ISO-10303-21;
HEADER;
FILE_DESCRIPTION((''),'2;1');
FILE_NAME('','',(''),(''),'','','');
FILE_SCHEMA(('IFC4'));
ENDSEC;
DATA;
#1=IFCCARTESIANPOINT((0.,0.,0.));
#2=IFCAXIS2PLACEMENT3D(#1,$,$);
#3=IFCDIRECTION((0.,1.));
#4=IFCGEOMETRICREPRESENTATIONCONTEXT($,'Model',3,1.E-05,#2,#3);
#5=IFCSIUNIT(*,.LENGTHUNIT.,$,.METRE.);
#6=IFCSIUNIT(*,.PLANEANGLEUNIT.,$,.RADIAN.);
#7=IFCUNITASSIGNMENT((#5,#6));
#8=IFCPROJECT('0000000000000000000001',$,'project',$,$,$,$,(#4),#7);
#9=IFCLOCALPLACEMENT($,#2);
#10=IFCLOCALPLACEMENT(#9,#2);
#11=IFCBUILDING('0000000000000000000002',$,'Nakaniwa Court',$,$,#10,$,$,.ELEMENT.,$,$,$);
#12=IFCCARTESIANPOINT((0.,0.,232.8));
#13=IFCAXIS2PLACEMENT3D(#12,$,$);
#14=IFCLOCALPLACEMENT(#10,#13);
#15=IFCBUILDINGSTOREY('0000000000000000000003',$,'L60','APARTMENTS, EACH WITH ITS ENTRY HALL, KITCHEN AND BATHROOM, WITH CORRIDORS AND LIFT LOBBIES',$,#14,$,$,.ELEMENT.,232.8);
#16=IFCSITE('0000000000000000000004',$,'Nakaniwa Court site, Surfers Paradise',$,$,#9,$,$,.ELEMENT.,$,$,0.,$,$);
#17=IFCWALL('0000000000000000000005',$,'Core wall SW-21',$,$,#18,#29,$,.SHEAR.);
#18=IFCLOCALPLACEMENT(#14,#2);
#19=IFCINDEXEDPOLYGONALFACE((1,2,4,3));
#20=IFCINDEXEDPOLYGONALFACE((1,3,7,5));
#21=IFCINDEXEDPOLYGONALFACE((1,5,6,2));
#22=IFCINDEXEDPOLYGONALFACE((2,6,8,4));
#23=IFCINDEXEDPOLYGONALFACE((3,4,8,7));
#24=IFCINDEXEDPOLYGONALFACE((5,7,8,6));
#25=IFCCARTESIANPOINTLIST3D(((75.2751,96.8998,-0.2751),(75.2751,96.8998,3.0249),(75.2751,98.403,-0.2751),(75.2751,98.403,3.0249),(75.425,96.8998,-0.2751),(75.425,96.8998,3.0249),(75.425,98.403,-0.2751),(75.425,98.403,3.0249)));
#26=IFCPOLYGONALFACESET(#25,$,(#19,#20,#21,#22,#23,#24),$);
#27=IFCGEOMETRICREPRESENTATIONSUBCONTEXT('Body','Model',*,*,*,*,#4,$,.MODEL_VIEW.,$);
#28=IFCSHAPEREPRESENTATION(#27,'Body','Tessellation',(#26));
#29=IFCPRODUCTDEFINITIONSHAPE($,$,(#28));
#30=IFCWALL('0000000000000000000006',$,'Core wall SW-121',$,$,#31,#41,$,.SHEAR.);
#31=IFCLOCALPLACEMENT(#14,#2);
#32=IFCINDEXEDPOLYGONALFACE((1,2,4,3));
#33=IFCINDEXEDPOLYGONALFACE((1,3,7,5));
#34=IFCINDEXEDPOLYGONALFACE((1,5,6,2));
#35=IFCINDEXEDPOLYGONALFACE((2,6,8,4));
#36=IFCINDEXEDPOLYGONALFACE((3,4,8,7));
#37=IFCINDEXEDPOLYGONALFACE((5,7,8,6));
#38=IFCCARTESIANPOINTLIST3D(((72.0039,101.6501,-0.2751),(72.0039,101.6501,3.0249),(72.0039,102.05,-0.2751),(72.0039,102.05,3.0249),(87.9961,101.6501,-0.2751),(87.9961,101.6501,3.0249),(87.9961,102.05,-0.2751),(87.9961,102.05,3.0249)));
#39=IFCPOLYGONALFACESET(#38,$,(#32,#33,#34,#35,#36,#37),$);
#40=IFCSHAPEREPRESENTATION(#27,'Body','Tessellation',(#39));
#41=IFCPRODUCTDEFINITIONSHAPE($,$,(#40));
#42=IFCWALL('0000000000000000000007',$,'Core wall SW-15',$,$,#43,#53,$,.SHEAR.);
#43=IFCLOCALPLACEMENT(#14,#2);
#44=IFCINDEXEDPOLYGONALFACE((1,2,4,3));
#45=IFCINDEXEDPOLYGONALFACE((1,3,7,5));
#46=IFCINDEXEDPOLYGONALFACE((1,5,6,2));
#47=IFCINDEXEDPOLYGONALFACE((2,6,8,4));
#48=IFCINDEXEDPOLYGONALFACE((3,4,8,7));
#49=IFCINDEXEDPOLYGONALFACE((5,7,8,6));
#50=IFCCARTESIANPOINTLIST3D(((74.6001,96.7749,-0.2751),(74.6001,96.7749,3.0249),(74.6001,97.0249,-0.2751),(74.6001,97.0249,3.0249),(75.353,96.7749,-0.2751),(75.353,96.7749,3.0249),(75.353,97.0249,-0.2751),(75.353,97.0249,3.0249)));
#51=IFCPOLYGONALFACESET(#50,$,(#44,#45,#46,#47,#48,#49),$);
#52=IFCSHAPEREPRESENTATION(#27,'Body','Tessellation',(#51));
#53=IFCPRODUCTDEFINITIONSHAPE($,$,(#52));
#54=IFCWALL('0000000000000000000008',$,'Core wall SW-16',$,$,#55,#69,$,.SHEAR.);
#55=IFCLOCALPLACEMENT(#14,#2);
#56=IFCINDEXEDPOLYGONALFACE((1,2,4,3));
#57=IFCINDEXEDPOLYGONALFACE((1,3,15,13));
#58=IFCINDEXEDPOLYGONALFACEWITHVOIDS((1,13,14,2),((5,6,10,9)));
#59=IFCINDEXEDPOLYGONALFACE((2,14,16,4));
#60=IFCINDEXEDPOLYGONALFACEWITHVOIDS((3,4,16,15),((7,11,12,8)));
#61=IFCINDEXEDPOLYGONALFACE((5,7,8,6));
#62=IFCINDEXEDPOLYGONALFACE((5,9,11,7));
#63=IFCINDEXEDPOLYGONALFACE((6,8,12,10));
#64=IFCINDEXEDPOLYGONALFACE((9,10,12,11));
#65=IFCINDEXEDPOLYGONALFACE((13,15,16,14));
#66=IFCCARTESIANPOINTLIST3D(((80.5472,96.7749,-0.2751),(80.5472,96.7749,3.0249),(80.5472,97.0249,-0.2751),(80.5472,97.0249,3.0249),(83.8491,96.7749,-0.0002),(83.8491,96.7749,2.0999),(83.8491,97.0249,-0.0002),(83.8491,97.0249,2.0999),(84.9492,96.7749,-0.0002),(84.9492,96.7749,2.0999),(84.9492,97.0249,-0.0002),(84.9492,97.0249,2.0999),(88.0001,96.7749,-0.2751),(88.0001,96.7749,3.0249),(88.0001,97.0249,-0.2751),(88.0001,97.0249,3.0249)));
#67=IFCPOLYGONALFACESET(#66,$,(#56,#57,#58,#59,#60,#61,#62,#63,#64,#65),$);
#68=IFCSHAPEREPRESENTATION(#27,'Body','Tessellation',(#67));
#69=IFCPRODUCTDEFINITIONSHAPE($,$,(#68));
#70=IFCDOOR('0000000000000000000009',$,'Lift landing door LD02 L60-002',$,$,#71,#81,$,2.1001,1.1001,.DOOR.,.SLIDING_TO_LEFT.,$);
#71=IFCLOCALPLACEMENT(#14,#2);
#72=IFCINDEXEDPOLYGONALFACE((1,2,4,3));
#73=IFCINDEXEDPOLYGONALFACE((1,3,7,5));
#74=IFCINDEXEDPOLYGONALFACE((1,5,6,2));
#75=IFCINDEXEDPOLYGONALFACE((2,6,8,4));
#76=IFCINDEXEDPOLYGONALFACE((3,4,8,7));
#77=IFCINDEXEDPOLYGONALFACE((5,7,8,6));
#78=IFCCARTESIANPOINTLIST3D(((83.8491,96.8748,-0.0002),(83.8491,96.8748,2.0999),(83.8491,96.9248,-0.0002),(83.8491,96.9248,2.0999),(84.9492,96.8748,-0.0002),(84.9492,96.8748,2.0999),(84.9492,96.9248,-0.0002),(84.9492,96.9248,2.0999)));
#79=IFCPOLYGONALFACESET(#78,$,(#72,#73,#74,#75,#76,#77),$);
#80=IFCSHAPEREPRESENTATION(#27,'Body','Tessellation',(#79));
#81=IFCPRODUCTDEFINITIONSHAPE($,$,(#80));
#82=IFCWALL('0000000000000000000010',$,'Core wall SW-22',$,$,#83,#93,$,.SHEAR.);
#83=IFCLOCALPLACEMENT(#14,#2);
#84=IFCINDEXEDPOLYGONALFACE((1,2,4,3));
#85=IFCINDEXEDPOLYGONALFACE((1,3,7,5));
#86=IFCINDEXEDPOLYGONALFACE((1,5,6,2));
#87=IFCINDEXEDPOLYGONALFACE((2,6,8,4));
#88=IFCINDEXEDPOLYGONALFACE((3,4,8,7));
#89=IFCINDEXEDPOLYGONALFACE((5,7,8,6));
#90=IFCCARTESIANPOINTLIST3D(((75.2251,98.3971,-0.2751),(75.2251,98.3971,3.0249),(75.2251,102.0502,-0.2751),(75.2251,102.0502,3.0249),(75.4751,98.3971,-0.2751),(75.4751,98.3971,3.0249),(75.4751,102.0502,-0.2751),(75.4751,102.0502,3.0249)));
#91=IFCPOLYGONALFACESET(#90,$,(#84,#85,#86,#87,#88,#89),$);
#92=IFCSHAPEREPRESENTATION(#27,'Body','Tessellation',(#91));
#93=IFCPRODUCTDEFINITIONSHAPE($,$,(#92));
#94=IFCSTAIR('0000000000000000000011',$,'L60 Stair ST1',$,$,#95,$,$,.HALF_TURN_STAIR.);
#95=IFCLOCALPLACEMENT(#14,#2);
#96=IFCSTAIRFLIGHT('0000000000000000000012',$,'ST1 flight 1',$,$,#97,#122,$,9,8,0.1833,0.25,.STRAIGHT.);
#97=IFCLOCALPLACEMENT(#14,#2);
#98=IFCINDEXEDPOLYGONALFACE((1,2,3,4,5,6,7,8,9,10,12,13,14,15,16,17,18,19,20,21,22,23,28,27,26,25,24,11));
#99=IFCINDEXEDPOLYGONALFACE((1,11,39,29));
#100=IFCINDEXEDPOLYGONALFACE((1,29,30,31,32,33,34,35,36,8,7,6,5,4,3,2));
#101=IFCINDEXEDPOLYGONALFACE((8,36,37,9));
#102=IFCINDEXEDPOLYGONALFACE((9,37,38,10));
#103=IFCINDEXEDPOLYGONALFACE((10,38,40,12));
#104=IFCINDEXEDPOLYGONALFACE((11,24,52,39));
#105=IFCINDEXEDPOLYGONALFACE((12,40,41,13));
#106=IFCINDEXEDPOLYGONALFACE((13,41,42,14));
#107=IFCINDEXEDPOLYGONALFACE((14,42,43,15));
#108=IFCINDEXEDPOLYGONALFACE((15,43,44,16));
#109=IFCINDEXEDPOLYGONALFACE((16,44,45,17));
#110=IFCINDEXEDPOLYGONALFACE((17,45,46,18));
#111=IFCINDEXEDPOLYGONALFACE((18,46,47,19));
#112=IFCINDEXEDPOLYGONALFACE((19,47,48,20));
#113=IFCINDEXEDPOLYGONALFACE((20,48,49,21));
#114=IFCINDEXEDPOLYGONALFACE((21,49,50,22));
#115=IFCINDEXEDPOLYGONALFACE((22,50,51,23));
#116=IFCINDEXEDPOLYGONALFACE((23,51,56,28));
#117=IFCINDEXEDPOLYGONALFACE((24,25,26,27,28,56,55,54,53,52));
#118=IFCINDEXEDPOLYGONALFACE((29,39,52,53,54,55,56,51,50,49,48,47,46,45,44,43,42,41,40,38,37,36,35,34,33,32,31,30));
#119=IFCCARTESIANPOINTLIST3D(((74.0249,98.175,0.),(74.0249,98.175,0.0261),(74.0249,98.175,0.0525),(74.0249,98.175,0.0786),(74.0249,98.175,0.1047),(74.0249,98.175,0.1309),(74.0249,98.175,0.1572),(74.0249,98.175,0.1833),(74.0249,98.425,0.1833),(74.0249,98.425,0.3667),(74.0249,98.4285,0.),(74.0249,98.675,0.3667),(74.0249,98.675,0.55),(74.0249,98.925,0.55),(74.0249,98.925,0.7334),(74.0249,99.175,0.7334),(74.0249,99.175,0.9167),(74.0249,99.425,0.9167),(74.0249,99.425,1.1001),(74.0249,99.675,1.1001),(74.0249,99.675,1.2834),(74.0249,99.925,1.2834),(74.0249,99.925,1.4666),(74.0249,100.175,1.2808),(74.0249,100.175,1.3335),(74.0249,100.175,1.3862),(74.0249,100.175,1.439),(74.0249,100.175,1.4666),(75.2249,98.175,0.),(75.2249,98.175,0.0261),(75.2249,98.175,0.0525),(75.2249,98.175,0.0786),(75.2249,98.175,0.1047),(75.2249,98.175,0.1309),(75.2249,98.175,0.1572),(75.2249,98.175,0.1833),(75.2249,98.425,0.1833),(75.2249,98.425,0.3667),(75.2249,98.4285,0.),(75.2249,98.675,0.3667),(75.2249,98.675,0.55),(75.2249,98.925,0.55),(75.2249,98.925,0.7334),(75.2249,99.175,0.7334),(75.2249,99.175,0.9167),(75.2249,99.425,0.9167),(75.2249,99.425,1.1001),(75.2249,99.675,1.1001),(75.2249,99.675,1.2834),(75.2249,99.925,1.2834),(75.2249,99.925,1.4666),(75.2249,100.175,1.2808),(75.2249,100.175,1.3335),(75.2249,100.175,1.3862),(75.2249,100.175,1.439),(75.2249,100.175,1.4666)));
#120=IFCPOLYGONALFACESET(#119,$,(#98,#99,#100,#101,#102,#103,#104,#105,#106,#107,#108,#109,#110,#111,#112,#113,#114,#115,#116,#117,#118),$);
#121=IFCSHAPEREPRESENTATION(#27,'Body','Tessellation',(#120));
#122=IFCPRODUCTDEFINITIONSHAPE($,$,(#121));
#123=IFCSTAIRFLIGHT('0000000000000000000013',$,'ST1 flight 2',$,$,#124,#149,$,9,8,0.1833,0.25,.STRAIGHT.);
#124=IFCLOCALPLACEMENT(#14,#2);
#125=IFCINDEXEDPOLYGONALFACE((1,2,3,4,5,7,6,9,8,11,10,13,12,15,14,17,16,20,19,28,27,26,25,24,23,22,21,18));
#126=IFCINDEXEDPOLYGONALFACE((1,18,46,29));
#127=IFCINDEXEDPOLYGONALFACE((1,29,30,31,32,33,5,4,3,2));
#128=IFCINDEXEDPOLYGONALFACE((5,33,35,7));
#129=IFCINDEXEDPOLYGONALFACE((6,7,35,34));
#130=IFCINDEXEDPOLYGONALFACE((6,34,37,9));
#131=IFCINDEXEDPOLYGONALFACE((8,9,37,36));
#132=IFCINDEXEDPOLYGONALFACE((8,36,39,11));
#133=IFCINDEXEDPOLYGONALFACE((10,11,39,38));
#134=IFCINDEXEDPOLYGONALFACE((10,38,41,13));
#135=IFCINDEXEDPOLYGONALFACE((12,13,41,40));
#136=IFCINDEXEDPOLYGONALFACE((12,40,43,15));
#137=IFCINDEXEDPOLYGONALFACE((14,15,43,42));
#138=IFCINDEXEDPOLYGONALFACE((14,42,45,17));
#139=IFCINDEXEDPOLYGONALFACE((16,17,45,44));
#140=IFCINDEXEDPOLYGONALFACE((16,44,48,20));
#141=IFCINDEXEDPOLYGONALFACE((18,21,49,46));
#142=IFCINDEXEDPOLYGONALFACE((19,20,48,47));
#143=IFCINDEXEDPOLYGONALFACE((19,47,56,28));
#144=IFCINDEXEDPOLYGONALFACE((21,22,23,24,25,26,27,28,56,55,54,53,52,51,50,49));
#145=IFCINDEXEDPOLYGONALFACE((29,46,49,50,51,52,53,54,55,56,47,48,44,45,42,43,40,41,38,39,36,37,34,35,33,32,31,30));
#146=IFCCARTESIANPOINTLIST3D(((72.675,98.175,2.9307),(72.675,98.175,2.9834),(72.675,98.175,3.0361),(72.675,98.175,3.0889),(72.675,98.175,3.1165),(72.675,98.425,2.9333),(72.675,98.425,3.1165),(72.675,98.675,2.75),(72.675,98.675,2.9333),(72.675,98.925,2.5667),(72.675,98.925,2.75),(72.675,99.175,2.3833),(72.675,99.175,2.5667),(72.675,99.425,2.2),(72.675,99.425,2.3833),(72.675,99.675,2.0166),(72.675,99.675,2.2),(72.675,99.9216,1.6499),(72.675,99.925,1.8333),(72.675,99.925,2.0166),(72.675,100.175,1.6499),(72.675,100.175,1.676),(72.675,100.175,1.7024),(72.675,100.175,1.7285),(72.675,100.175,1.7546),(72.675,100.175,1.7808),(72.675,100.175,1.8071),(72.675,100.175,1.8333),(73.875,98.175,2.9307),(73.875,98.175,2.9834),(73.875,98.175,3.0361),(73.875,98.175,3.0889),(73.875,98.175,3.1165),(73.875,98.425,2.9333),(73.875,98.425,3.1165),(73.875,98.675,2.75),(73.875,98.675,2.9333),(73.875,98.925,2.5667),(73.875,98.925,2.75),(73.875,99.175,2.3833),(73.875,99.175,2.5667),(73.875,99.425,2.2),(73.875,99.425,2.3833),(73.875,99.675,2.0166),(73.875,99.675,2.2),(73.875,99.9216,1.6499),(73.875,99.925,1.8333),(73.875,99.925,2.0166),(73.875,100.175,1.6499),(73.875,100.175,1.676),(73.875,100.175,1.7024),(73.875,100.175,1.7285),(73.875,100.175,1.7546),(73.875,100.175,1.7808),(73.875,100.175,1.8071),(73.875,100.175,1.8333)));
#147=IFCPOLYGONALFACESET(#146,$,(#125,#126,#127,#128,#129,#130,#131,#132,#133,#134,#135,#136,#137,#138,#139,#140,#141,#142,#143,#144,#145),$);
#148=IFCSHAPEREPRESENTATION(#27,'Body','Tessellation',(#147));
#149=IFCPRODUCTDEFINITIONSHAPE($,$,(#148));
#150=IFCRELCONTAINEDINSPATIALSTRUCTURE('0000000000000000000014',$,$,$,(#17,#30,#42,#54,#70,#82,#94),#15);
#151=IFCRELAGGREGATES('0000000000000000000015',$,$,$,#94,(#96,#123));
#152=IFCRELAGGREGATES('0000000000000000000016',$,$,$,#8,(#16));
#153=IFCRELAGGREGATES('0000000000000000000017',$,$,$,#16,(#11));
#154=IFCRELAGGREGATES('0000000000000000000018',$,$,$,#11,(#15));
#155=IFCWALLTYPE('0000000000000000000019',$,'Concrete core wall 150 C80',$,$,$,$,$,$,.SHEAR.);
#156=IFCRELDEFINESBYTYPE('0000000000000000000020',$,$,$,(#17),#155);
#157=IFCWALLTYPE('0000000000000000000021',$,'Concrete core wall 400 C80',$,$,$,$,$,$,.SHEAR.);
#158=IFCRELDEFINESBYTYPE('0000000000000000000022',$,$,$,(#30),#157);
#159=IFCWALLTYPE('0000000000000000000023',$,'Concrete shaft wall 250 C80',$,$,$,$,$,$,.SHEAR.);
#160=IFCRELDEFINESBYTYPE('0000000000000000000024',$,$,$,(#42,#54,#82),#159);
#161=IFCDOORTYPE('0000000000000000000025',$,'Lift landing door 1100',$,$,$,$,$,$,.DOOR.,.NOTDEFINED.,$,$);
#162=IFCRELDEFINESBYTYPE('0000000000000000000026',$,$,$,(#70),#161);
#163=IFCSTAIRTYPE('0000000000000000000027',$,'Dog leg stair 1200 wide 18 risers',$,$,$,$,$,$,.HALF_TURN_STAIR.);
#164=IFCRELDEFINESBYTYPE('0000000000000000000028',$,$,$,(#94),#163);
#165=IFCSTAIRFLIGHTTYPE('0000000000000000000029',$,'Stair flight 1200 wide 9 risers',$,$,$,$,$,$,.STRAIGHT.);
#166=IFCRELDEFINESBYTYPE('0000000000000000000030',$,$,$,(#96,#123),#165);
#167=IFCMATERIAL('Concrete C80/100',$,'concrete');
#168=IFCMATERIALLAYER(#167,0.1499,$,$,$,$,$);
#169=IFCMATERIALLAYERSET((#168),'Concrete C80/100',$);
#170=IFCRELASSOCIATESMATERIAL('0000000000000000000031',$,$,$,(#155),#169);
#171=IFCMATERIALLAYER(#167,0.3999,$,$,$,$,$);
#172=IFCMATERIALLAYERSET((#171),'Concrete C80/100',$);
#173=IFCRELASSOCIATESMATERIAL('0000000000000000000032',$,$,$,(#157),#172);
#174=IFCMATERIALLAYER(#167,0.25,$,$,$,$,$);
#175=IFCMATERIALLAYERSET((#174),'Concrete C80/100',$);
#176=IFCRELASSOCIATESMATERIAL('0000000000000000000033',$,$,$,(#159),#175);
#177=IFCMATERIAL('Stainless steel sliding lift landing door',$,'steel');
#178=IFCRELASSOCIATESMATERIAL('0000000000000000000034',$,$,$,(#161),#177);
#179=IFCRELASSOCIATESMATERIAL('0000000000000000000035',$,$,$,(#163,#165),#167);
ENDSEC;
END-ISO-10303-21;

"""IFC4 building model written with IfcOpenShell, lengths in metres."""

from ifc_helpers import new_model, si_unit, direction, frame, frame_2d, origin, place, context, subcontext, project, spatial, polyline, rectangle, outline, extrude, material, layer, layer_set, type_object, element, fill, aggregate, save


model = new_model("IFC4")

# Units and contexts
model_context = context("Model", 3, precision=1e-05, world=origin(), true_north=direction((0.0, 1.0)))
body_context = subcontext(model_context, "Body", "Model", "MODEL_VIEW")
ifc_project = project(units=[si_unit("LENGTHUNIT", "METRE"), si_unit("PLANEANGLEUNIT", "RADIAN")], contexts=[model_context])

# Site, building, storey
site_placement = place(None, origin())
site = spatial("IfcSite", under=ifc_project, at=site_placement, Name="Nakaniwa Court site, Surfers Paradise", CompositionType="ELEMENT", RefElevation=0.0)
building_placement = place(site_placement, origin())
building = spatial("IfcBuilding", under=site, at=building_placement, Name="Nakaniwa Court", CompositionType="ELEMENT")
storey_placement = place(building_placement, frame((0.0, 0.0, 232.8)))
storey = spatial("IfcBuildingStorey", under=building, at=storey_placement, Name="L60", Description="APARTMENTS, EACH WITH ITS ENTRY HALL, KITCHEN AND BATHROOM, WITH CORRIDORS AND LIFT LOBBIES", CompositionType="ELEMENT", Elevation=232.8)

# Shared definitions
ifc_material_1 = material(Name="Concrete C80/100", Category="concrete")

# Shared definitions
ifc_layer_1 = layer(ifc_material_1, 0.1499)
ifc_layer_set_1 = layer_set([ifc_layer_1], Name="Concrete C80/100")
wall_type_1 = type_object("IfcWallType", Name="Concrete core wall 150 C80", PredefinedType="SHEAR", material=ifc_layer_set_1)

# Walls
wall_1_placement = place(storey_placement, frame((75.3501, 96.8999, -0.2751), z_axis=(0.0, 0.0, 1.0), x_axis=(0.0, 1.0, 0.0)))
element("IfcWall", 1, at=wall_1_placement, inside=storey, type_object=wall_type_1, Name="Core wall SW-21", PredefinedType="SHEAR", context=body_context, shape_type="SweptSolid", body=[
    extrude(rectangle(XDim=1.5032, YDim=0.1499, at=frame_2d((0.7515, 0.0))), origin(), (0.0, 0.0, 1.0), 3.3),
])
ifc_layer_2 = layer(ifc_material_1, 0.3999)
ifc_layer_set_2 = layer_set([ifc_layer_2], Name="Concrete C80/100")
wall_type_2 = type_object("IfcWallType", Name="Concrete core wall 400 C80", PredefinedType="SHEAR", material=ifc_layer_set_2)
wall_2_placement = place(storey_placement, frame((72.0039, 101.8501, -0.2751), z_axis=(0.0, 0.0, 1.0), x_axis=(1.0, 0.0, 0.0)))
element("IfcWall", 2, at=wall_2_placement, inside=storey, type_object=wall_type_2, Name="Core wall SW-121", PredefinedType="SHEAR", context=body_context, shape_type="SweptSolid", body=[
    extrude(rectangle(XDim=15.9922, YDim=0.3999, at=frame_2d((7.9961, 0.0))), origin(), (0.0, 0.0, 1.0), 3.3),
])
ifc_layer_3 = layer(ifc_material_1, 0.25)
ifc_layer_set_3 = layer_set([ifc_layer_3], Name="Concrete C80/100")
wall_type_3 = type_object("IfcWallType", Name="Concrete shaft wall 250 C80", PredefinedType="SHEAR", material=ifc_layer_set_3)
wall_3_placement = place(storey_placement, frame((74.6001, 96.8999, -0.2751), z_axis=(0.0, 0.0, 1.0), x_axis=(1.0, 0.0, 0.0)))
element("IfcWall", 3, at=wall_3_placement, inside=storey, type_object=wall_type_3, Name="Core wall SW-15", PredefinedType="SHEAR", context=body_context, shape_type="SweptSolid", body=[
    extrude(rectangle(XDim=0.7529, YDim=0.25, at=frame_2d((0.3765, 0.0))), origin(), (0.0, 0.0, 1.0), 3.3),
])

# Wall, opening, door
wall_4_placement = place(storey_placement, frame((80.5471, 96.8999, -0.2751), z_axis=(0.0, 0.0, 1.0), x_axis=(1.0, 0.0, 0.0)))
wall_4 = element("IfcWall", 4, at=wall_4_placement, inside=storey, type_object=wall_type_3, Name="Core wall SW-16", PredefinedType="SHEAR", context=body_context, shape_type="SweptSolid", body=[
    extrude(rectangle(XDim=7.4529, YDim=0.25, at=frame_2d((3.7266, 0.0))), origin(), (0.0, 0.0, 1.0), 3.3),
])
opening_1_placement = place(wall_4_placement, frame((3.302, 0.0, 0.2749)))
opening_1 = element("IfcOpeningElement", 5, at=opening_1_placement, cuts=wall_4, PredefinedType="OPENING", context=body_context, shape_type="SweptSolid", body=[
    extrude(rectangle(XDim=1.1001, YDim=2.1001, at=frame_2d((0.55, 1.05))), frame((0.0, 0.135, 0.0), z_axis=(0.0, -1.0, 0.0), x_axis=(1.0, 0.0, 0.0)), (0.0, 0.0, 1.0), 0.27),
])
ifc_material_2 = material(Name="Stainless steel sliding lift landing door", Category="steel")
door_type_1 = type_object("IfcDoorType", Name="Lift landing door 1100", OperationType="NOTDEFINED", PredefinedType="DOOR", material=ifc_material_2)
door_1_placement = place(opening_1_placement, origin())
door_1 = element("IfcDoor", 6, at=door_1_placement, inside=storey, type_object=door_type_1, Name="Lift landing door LD02 L60-002", OperationType="SLIDING_TO_LEFT", OverallHeight=2.1001, OverallWidth=1.1001, PredefinedType="DOOR", context=body_context, shape_type="SweptSolid", body=[
    extrude(rectangle(XDim=1.1001, YDim=2.1001, at=frame_2d((0.55, 1.05))), frame((0.0, 0.0249, 0.0), z_axis=(0.0, -1.0, 0.0), x_axis=(1.0, 0.0, 0.0)), (0.0, 0.0, 1.0), 0.05),
])
fill(opening_1, door_1)

# Wall
wall_5_placement = place(storey_placement, frame((75.3501, 98.397, -0.2751), z_axis=(0.0, 0.0, 1.0), x_axis=(0.0, 1.0, 0.0)))
element("IfcWall", 7, at=wall_5_placement, inside=storey, type_object=wall_type_3, Name="Core wall SW-22", PredefinedType="SHEAR", context=body_context, shape_type="SweptSolid", body=[
    extrude(rectangle(XDim=3.6531, YDim=0.25, at=frame_2d((1.8267, 0.0))), origin(), (0.0, 0.0, 1.0), 3.3),
])

# Stair, stair flights
stair_type = type_object("IfcStairType", Name="Dog leg stair 1200 wide 18 risers", PredefinedType="HALF_TURN_STAIR", material=ifc_material_1)
stair_placement = place(storey_placement, origin())
stair = element("IfcStair", 8, at=stair_placement, inside=storey, type_object=stair_type, Name="L60 Stair ST1", PredefinedType="HALF_TURN_STAIR")
stair_flight_type = type_object("IfcStairFlightType", Name="Stair flight 1200 wide 9 risers", PredefinedType="STRAIGHT", material=ifc_material_1)
stair_flight_1_placement = place(storey_placement, frame((74.625, 98.175, 0.0), z_axis=(0.0, 0.0, 1.0), x_axis=(0.0, 1.0, 0.0)))
stair_flight_1 = element("IfcStairFlight", 9, at=stair_flight_1_placement, type_object=stair_flight_type, Name="ST1 flight 1", NumberOfRisers=9, NumberOfTreads=8, PredefinedType="STRAIGHT", RiserHeight=0.1833, TreadLength=0.25, context=body_context, shape_type="SweptSolid", body=[
    extrude(outline(polyline([(0.0, 0.0), (0.0, 0.0261), (0.0, 0.0525), (0.0, 0.0786), (0.0, 0.1047), (0.0, 0.1309), (0.0, 0.1572), (0.0, 0.1833), (0.25, 0.1833), (0.25, 0.3667), (0.5, 0.3667), (0.5, 0.55), (0.75, 0.55), (0.75, 0.7334), (1.0, 0.7334), (1.0, 0.9167), (1.25, 0.9167), (1.25, 1.1001), (1.5, 1.1001), (1.5, 1.2834), (1.75, 1.2834), (1.75, 1.4666), (2.0, 1.4666), (2.0, 1.6499), (2.0, 1.5972), (2.0, 1.5444), (2.0, 1.4917), (2.0, 1.439), (2.0, 1.3862), (2.0, 1.3335), (2.0, 1.2808), (0.2534, 0.0), (0.0, 0.0)])), frame((0.0, 0.6001, 0.0), z_axis=(0.0, -1.0, 0.0), x_axis=(1.0, 0.0, 0.0)), (0.0, 0.0, 1.0), 1.2),
])
stair_flight_2_placement = place(storey_placement, frame((73.2749, 100.175, 1.6499), z_axis=(0.0, 0.0, 1.0), x_axis=(0.0, -1.0, 0.0)))
stair_flight_2 = element("IfcStairFlight", 10, at=stair_flight_2_placement, type_object=stair_flight_type, Name="ST1 flight 2", NumberOfRisers=9, NumberOfTreads=8, PredefinedType="STRAIGHT", RiserHeight=0.1833, TreadLength=0.25, context=body_context, shape_type="SweptSolid", body=[
    extrude(outline(polyline([(0.0, 0.0), (0.0, 0.0261), (0.0, 0.0525), (0.0, 0.0786), (0.0, 0.1047), (0.0, 0.1309), (0.0, 0.1572), (0.0, 0.1833), (0.25, 0.1833), (0.25, 0.3667), (0.5, 0.3667), (0.5, 0.55), (0.75, 0.55), (0.75, 0.7334), (1.0, 0.7334), (1.0, 0.9167), (1.25, 0.9167), (1.25, 1.1001), (1.5, 1.1001), (1.5, 1.2834), (1.75, 1.2834), (1.75, 1.4666), (2.0, 1.4666), (2.0, 1.6499), (2.0, 1.5972), (2.0, 1.5444), (2.0, 1.4917), (2.0, 1.439), (2.0, 1.3862), (2.0, 1.3335), (2.0, 1.2808), (0.2534, 0.0), (0.0, 0.0)])), frame((0.0, 0.6001, 0.0), z_axis=(0.0, -1.0, 0.0), x_axis=(1.0, 0.0, 0.0)), (0.0, 0.0, 1.0), 1.2),
])
aggregate(stair, [stair_flight_1, stair_flight_2])

save(model, "model.ifc")
